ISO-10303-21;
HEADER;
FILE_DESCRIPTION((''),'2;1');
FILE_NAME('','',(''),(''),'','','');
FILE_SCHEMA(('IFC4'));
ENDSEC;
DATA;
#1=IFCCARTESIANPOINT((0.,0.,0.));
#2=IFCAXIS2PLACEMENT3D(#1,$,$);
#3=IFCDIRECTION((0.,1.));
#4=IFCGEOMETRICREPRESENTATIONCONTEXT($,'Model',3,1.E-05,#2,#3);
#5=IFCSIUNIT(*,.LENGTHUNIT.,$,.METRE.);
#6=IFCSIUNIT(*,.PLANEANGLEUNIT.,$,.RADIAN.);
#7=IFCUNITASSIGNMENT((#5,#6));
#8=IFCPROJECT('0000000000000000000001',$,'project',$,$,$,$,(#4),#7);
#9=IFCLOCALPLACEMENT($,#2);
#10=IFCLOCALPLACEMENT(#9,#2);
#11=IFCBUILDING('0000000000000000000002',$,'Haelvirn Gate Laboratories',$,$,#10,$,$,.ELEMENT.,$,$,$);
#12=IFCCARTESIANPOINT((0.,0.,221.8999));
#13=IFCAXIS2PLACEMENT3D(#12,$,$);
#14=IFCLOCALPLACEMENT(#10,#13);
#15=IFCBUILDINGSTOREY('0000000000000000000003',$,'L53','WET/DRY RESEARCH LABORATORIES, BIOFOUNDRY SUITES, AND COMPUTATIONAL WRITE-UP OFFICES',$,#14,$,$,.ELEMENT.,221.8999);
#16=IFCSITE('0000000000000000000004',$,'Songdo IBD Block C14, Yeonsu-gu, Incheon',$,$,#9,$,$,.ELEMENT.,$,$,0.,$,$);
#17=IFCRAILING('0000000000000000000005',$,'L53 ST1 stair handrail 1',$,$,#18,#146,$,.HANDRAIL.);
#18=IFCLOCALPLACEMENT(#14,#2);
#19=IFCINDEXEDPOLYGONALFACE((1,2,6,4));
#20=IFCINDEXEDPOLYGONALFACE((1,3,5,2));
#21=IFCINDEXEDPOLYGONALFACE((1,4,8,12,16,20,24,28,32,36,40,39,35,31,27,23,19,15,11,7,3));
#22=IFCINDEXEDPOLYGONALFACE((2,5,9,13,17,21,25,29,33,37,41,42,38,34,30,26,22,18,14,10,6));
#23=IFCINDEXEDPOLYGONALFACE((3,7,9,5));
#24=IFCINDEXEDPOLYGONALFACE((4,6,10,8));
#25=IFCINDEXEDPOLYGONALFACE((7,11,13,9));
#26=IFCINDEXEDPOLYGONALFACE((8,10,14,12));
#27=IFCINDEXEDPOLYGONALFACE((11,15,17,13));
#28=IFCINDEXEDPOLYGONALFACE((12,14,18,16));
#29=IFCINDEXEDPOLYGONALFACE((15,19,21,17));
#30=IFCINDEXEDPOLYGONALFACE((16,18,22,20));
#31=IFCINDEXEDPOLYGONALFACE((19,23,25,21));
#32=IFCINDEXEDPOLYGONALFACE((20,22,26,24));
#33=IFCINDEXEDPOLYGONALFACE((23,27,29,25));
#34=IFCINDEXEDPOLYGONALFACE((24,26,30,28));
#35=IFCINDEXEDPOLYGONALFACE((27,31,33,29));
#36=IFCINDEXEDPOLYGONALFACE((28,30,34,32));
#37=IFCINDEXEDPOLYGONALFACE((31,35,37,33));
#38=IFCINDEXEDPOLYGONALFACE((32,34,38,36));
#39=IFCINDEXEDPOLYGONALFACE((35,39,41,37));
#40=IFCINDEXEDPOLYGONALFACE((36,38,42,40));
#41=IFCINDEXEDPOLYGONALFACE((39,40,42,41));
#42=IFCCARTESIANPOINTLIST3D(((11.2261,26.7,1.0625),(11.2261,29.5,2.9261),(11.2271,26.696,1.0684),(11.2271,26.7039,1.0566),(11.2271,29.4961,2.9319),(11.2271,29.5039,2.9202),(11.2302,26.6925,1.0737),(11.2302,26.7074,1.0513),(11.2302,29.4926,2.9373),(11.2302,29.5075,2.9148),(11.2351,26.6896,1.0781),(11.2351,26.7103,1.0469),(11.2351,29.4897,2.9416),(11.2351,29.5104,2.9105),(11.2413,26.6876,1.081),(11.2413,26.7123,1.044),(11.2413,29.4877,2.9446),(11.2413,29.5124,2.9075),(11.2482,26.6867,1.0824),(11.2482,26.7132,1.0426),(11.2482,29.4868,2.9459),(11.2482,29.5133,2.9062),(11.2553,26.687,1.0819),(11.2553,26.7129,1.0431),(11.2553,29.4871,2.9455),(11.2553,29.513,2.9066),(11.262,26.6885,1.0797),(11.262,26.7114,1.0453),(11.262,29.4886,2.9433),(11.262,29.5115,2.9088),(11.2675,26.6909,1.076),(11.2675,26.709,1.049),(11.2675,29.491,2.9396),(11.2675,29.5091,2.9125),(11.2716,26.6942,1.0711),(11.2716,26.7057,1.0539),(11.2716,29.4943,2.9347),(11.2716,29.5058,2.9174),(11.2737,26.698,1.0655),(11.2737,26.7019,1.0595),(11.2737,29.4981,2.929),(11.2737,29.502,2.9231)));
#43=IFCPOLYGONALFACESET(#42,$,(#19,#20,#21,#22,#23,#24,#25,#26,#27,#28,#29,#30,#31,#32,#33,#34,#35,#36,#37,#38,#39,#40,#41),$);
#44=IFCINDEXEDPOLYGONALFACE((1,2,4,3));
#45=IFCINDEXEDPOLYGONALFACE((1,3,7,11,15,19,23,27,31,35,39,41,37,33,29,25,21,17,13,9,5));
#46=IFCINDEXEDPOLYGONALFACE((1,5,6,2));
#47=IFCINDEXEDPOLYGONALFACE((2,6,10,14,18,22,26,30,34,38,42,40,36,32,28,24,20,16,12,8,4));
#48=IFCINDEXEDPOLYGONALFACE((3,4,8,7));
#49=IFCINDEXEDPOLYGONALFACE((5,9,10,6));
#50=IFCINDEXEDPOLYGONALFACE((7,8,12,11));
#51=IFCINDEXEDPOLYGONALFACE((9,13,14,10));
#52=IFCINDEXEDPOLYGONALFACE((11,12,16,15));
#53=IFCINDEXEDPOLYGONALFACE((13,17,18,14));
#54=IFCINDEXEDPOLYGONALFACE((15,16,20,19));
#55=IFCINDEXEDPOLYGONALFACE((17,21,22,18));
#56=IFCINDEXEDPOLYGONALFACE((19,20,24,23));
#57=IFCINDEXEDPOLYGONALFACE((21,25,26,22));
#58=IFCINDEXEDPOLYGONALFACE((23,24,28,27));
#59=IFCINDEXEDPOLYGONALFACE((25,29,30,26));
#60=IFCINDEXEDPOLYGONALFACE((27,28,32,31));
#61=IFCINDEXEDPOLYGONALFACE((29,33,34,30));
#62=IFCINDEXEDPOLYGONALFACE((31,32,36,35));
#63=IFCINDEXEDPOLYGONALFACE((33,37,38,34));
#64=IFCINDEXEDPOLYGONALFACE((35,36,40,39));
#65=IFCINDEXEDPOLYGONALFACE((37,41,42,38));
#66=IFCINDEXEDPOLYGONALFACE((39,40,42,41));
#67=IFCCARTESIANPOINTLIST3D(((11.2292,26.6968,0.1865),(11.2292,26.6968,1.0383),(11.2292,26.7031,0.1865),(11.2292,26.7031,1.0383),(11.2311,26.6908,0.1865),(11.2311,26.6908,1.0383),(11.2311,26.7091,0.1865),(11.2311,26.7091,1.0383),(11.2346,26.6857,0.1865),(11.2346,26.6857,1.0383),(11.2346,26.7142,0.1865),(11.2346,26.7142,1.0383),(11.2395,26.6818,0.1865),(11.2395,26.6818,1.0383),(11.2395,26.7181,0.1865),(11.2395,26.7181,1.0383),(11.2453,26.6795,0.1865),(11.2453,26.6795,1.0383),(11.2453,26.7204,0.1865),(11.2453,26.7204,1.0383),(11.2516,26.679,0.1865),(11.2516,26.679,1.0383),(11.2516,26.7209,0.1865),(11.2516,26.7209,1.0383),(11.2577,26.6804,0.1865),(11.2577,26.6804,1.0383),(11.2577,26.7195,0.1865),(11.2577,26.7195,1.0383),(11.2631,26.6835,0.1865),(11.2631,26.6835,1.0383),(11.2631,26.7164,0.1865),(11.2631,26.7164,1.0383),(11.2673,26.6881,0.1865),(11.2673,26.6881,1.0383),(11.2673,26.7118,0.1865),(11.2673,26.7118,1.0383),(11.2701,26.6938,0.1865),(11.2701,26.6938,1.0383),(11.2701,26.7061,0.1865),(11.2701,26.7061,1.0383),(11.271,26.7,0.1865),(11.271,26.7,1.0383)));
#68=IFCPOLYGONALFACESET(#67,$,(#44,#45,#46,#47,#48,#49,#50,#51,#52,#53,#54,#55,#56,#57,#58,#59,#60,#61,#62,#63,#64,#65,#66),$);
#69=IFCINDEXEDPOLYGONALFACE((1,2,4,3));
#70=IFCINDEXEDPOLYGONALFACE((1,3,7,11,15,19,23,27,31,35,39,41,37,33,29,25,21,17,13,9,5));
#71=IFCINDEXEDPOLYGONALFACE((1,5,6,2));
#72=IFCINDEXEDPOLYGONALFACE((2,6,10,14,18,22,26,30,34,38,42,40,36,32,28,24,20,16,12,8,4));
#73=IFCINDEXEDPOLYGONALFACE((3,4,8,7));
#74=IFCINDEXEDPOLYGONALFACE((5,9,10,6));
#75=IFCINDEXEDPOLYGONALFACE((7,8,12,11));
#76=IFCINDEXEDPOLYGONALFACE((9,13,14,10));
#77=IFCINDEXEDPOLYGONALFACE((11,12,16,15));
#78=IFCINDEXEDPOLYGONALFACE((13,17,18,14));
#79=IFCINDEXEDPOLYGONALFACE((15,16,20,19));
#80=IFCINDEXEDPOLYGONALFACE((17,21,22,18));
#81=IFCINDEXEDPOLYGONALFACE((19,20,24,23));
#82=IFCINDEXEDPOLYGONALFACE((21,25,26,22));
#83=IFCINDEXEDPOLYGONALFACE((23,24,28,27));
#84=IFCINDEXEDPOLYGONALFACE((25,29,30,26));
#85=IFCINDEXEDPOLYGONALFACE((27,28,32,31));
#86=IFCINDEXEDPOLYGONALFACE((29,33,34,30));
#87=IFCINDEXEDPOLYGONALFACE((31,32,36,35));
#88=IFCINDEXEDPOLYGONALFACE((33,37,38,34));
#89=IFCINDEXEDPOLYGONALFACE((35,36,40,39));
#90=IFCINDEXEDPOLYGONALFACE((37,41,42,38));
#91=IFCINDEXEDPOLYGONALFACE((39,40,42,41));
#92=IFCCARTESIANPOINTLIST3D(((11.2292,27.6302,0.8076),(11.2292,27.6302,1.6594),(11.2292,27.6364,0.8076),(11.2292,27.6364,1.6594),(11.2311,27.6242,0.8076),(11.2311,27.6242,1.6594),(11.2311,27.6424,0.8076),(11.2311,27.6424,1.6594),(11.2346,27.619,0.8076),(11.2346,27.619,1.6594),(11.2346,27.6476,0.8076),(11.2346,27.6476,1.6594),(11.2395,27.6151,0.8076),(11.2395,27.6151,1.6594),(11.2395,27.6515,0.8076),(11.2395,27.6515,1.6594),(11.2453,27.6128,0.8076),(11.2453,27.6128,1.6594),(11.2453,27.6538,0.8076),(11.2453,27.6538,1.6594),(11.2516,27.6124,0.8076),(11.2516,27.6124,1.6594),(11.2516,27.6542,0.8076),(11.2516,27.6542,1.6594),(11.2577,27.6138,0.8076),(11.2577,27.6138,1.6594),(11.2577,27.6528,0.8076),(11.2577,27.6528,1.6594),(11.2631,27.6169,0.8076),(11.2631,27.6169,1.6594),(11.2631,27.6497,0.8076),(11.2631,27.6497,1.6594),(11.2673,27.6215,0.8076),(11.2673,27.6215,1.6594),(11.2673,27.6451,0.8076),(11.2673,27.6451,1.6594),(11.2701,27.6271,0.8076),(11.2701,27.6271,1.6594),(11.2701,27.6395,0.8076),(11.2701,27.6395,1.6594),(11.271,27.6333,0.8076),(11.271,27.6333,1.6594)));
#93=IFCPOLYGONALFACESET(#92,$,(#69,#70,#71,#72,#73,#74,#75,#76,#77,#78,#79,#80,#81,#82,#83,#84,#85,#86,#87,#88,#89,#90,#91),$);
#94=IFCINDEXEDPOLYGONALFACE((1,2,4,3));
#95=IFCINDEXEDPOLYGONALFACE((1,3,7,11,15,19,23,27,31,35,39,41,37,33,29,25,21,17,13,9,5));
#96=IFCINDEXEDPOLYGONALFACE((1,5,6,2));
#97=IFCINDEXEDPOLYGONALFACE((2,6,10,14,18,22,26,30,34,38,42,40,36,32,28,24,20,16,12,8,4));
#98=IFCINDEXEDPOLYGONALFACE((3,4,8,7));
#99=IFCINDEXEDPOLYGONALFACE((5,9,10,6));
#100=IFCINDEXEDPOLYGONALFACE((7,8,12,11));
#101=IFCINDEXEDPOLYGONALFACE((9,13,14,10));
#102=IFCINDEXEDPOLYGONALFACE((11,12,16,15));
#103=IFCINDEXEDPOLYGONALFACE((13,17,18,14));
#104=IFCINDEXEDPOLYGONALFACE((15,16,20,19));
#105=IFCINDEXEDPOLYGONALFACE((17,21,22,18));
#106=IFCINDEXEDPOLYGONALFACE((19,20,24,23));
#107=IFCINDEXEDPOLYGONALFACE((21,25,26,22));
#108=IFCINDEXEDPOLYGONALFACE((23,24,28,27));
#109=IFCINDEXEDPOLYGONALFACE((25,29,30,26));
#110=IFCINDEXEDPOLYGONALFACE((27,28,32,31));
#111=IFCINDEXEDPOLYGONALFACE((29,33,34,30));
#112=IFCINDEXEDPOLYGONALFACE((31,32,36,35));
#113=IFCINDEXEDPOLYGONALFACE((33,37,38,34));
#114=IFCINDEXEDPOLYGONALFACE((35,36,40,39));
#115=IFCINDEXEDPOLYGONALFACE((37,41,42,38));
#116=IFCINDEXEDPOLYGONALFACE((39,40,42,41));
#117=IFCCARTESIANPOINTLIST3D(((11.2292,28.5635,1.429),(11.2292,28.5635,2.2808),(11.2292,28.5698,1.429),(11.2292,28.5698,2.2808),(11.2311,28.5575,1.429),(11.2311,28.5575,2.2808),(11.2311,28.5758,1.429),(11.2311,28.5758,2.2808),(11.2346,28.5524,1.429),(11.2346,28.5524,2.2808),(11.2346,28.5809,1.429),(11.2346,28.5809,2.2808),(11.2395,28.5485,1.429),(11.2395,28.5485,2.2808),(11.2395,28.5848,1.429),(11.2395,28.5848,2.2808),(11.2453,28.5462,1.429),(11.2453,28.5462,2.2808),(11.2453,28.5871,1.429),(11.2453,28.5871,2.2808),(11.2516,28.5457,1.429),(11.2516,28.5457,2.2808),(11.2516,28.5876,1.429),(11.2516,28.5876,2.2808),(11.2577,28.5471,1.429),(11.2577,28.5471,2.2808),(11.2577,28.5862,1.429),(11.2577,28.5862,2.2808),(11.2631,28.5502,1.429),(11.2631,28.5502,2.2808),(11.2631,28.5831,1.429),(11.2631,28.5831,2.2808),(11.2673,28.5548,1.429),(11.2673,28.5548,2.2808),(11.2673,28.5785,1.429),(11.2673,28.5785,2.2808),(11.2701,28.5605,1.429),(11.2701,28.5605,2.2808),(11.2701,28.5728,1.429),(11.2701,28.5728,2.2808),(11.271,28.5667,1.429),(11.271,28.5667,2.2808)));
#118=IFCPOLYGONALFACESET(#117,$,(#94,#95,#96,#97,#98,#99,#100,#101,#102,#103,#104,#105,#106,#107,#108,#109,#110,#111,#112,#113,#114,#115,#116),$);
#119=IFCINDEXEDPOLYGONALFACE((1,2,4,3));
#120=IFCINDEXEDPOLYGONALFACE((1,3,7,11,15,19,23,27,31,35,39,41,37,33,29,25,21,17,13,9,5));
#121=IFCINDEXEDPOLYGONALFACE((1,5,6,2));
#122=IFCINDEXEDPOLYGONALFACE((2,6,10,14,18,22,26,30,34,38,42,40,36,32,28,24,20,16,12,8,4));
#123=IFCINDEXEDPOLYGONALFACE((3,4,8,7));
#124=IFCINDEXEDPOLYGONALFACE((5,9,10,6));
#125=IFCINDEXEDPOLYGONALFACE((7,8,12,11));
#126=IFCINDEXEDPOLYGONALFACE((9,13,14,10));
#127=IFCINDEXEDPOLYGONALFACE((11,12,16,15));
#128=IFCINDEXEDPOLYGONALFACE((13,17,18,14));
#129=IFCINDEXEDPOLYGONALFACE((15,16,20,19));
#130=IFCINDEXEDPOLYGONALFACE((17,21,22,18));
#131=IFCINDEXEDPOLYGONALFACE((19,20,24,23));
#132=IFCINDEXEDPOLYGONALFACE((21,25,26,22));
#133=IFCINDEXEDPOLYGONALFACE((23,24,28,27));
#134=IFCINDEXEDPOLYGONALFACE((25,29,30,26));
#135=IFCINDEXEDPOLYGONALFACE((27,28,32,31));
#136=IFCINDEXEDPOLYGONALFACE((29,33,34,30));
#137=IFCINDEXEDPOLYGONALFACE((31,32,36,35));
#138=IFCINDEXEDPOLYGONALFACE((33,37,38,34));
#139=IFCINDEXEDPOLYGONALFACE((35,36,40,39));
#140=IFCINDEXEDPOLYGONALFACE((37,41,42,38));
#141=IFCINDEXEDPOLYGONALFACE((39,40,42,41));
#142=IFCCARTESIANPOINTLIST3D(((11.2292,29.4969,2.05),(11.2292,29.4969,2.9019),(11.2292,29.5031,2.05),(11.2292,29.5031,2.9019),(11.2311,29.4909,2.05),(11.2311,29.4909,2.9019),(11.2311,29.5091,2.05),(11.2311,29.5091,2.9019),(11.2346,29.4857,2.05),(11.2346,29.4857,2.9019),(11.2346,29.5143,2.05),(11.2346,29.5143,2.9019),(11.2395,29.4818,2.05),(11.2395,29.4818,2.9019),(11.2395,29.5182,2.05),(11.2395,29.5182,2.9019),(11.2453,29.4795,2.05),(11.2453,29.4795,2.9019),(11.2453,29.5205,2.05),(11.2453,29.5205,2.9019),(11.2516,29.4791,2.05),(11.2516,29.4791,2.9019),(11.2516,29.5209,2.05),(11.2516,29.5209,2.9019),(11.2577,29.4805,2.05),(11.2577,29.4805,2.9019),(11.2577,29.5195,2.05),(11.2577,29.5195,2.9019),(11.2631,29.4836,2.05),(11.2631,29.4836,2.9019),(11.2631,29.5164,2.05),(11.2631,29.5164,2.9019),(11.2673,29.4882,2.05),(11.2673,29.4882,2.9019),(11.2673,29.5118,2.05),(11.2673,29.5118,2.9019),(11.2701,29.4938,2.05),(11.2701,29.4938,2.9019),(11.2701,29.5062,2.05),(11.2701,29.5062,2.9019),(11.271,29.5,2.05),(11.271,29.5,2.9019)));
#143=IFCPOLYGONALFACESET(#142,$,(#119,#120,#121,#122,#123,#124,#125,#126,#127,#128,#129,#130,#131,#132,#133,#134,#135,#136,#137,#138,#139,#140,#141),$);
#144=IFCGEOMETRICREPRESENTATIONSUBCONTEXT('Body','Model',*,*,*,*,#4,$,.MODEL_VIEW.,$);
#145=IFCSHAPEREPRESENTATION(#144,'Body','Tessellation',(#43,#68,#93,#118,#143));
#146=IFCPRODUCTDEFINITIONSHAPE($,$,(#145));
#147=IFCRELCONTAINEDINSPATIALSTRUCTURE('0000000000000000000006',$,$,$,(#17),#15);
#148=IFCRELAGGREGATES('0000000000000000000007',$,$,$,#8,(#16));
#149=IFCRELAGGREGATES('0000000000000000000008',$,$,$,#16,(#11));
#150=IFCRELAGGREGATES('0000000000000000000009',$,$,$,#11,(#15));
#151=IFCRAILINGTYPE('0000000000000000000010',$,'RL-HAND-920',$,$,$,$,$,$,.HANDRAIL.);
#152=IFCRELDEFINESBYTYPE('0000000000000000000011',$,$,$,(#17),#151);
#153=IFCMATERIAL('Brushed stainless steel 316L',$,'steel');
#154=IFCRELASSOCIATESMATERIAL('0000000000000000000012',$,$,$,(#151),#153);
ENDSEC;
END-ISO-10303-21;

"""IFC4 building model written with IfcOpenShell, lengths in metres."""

from ifc_helpers import new_model, si_unit, direction, frame, origin, origin_2d, place, context, subcontext, project, spatial, circle, extrude, source, transform, mapped, material, type_object, element, save


model = new_model("IFC4")

# Units and contexts
model_context = context("Model", 3, precision=1e-05, world=origin(), true_north=direction((0.0, 1.0)))
body_context = subcontext(model_context, "Body", "Model", "MODEL_VIEW")
ifc_project = project(units=[si_unit("LENGTHUNIT", "METRE"), si_unit("PLANEANGLEUNIT", "RADIAN")], contexts=[model_context])

# Site, building, storey
site_placement = place(None, origin())
site = spatial("IfcSite", under=ifc_project, at=site_placement, Name="Songdo IBD Block C14, Yeonsu-gu, Incheon", CompositionType="ELEMENT", RefElevation=0.0)
building_placement = place(site_placement, origin())
building = spatial("IfcBuilding", under=site, at=building_placement, Name="Haelvirn Gate Laboratories", CompositionType="ELEMENT")
storey_placement = place(building_placement, frame((0.0, 0.0, 221.8999)))
storey = spatial("IfcBuildingStorey", under=building, at=storey_placement, Name="L53", Description="WET/DRY RESEARCH LABORATORIES, BIOFOUNDRY SUITES, AND COMPUTATIONAL WRITE-UP OFFICES", CompositionType="ELEMENT", Elevation=221.8999)

# Railing
ifc_material_1 = material(Name="Brushed stainless steel 316L", Category="steel")
railing_type_1 = type_object("IfcRailingType", Name="RL-HAND-920", PredefinedType="HANDRAIL", material=ifc_material_1)
shared_shape_1 = source(origin(), body_context, "Body", "SweptSolid", [
    extrude(circle(Radius=0.0239, at=origin_2d()), frame((0.0, 0.0, 0.876), z_axis=(0.0, 0.832486, 0.554047), x_axis=(-1.0, 0.0, 0.0)), (0.0, 0.0, 1.0), 3.3635),
    extrude(circle(Radius=0.021, at=origin_2d()), origin(), (0.0, 0.0, 1.0), 0.8518),
    extrude(circle(Radius=0.021, at=origin_2d()), frame((0.0, 0.9333, 0.6211)), (0.0, 0.0, 1.0), 0.8518),
    extrude(circle(Radius=0.021, at=origin_2d()), frame((0.0, 1.8667, 1.2424)), (0.0, 0.0, 1.0), 0.8518),
    extrude(circle(Radius=0.021, at=origin_2d()), frame((0.0, 2.8, 1.8635)), (0.0, 0.0, 1.0), 0.8518),
])
railing_1_placement = place(storey_placement, frame((11.25, 26.7, 0.1865)))
element("IfcRailing", 1, at=railing_1_placement, inside=storey, type_object=railing_type_1, Name="L53 ST1 stair handrail 1", PredefinedType="HANDRAIL", context=body_context, shape_type="MappedRepresentation", body=[
    mapped(shared_shape_1, transform((0.0, 0.0, 0.0), scale=1.0)),
])

save(model, "model.ifc")
